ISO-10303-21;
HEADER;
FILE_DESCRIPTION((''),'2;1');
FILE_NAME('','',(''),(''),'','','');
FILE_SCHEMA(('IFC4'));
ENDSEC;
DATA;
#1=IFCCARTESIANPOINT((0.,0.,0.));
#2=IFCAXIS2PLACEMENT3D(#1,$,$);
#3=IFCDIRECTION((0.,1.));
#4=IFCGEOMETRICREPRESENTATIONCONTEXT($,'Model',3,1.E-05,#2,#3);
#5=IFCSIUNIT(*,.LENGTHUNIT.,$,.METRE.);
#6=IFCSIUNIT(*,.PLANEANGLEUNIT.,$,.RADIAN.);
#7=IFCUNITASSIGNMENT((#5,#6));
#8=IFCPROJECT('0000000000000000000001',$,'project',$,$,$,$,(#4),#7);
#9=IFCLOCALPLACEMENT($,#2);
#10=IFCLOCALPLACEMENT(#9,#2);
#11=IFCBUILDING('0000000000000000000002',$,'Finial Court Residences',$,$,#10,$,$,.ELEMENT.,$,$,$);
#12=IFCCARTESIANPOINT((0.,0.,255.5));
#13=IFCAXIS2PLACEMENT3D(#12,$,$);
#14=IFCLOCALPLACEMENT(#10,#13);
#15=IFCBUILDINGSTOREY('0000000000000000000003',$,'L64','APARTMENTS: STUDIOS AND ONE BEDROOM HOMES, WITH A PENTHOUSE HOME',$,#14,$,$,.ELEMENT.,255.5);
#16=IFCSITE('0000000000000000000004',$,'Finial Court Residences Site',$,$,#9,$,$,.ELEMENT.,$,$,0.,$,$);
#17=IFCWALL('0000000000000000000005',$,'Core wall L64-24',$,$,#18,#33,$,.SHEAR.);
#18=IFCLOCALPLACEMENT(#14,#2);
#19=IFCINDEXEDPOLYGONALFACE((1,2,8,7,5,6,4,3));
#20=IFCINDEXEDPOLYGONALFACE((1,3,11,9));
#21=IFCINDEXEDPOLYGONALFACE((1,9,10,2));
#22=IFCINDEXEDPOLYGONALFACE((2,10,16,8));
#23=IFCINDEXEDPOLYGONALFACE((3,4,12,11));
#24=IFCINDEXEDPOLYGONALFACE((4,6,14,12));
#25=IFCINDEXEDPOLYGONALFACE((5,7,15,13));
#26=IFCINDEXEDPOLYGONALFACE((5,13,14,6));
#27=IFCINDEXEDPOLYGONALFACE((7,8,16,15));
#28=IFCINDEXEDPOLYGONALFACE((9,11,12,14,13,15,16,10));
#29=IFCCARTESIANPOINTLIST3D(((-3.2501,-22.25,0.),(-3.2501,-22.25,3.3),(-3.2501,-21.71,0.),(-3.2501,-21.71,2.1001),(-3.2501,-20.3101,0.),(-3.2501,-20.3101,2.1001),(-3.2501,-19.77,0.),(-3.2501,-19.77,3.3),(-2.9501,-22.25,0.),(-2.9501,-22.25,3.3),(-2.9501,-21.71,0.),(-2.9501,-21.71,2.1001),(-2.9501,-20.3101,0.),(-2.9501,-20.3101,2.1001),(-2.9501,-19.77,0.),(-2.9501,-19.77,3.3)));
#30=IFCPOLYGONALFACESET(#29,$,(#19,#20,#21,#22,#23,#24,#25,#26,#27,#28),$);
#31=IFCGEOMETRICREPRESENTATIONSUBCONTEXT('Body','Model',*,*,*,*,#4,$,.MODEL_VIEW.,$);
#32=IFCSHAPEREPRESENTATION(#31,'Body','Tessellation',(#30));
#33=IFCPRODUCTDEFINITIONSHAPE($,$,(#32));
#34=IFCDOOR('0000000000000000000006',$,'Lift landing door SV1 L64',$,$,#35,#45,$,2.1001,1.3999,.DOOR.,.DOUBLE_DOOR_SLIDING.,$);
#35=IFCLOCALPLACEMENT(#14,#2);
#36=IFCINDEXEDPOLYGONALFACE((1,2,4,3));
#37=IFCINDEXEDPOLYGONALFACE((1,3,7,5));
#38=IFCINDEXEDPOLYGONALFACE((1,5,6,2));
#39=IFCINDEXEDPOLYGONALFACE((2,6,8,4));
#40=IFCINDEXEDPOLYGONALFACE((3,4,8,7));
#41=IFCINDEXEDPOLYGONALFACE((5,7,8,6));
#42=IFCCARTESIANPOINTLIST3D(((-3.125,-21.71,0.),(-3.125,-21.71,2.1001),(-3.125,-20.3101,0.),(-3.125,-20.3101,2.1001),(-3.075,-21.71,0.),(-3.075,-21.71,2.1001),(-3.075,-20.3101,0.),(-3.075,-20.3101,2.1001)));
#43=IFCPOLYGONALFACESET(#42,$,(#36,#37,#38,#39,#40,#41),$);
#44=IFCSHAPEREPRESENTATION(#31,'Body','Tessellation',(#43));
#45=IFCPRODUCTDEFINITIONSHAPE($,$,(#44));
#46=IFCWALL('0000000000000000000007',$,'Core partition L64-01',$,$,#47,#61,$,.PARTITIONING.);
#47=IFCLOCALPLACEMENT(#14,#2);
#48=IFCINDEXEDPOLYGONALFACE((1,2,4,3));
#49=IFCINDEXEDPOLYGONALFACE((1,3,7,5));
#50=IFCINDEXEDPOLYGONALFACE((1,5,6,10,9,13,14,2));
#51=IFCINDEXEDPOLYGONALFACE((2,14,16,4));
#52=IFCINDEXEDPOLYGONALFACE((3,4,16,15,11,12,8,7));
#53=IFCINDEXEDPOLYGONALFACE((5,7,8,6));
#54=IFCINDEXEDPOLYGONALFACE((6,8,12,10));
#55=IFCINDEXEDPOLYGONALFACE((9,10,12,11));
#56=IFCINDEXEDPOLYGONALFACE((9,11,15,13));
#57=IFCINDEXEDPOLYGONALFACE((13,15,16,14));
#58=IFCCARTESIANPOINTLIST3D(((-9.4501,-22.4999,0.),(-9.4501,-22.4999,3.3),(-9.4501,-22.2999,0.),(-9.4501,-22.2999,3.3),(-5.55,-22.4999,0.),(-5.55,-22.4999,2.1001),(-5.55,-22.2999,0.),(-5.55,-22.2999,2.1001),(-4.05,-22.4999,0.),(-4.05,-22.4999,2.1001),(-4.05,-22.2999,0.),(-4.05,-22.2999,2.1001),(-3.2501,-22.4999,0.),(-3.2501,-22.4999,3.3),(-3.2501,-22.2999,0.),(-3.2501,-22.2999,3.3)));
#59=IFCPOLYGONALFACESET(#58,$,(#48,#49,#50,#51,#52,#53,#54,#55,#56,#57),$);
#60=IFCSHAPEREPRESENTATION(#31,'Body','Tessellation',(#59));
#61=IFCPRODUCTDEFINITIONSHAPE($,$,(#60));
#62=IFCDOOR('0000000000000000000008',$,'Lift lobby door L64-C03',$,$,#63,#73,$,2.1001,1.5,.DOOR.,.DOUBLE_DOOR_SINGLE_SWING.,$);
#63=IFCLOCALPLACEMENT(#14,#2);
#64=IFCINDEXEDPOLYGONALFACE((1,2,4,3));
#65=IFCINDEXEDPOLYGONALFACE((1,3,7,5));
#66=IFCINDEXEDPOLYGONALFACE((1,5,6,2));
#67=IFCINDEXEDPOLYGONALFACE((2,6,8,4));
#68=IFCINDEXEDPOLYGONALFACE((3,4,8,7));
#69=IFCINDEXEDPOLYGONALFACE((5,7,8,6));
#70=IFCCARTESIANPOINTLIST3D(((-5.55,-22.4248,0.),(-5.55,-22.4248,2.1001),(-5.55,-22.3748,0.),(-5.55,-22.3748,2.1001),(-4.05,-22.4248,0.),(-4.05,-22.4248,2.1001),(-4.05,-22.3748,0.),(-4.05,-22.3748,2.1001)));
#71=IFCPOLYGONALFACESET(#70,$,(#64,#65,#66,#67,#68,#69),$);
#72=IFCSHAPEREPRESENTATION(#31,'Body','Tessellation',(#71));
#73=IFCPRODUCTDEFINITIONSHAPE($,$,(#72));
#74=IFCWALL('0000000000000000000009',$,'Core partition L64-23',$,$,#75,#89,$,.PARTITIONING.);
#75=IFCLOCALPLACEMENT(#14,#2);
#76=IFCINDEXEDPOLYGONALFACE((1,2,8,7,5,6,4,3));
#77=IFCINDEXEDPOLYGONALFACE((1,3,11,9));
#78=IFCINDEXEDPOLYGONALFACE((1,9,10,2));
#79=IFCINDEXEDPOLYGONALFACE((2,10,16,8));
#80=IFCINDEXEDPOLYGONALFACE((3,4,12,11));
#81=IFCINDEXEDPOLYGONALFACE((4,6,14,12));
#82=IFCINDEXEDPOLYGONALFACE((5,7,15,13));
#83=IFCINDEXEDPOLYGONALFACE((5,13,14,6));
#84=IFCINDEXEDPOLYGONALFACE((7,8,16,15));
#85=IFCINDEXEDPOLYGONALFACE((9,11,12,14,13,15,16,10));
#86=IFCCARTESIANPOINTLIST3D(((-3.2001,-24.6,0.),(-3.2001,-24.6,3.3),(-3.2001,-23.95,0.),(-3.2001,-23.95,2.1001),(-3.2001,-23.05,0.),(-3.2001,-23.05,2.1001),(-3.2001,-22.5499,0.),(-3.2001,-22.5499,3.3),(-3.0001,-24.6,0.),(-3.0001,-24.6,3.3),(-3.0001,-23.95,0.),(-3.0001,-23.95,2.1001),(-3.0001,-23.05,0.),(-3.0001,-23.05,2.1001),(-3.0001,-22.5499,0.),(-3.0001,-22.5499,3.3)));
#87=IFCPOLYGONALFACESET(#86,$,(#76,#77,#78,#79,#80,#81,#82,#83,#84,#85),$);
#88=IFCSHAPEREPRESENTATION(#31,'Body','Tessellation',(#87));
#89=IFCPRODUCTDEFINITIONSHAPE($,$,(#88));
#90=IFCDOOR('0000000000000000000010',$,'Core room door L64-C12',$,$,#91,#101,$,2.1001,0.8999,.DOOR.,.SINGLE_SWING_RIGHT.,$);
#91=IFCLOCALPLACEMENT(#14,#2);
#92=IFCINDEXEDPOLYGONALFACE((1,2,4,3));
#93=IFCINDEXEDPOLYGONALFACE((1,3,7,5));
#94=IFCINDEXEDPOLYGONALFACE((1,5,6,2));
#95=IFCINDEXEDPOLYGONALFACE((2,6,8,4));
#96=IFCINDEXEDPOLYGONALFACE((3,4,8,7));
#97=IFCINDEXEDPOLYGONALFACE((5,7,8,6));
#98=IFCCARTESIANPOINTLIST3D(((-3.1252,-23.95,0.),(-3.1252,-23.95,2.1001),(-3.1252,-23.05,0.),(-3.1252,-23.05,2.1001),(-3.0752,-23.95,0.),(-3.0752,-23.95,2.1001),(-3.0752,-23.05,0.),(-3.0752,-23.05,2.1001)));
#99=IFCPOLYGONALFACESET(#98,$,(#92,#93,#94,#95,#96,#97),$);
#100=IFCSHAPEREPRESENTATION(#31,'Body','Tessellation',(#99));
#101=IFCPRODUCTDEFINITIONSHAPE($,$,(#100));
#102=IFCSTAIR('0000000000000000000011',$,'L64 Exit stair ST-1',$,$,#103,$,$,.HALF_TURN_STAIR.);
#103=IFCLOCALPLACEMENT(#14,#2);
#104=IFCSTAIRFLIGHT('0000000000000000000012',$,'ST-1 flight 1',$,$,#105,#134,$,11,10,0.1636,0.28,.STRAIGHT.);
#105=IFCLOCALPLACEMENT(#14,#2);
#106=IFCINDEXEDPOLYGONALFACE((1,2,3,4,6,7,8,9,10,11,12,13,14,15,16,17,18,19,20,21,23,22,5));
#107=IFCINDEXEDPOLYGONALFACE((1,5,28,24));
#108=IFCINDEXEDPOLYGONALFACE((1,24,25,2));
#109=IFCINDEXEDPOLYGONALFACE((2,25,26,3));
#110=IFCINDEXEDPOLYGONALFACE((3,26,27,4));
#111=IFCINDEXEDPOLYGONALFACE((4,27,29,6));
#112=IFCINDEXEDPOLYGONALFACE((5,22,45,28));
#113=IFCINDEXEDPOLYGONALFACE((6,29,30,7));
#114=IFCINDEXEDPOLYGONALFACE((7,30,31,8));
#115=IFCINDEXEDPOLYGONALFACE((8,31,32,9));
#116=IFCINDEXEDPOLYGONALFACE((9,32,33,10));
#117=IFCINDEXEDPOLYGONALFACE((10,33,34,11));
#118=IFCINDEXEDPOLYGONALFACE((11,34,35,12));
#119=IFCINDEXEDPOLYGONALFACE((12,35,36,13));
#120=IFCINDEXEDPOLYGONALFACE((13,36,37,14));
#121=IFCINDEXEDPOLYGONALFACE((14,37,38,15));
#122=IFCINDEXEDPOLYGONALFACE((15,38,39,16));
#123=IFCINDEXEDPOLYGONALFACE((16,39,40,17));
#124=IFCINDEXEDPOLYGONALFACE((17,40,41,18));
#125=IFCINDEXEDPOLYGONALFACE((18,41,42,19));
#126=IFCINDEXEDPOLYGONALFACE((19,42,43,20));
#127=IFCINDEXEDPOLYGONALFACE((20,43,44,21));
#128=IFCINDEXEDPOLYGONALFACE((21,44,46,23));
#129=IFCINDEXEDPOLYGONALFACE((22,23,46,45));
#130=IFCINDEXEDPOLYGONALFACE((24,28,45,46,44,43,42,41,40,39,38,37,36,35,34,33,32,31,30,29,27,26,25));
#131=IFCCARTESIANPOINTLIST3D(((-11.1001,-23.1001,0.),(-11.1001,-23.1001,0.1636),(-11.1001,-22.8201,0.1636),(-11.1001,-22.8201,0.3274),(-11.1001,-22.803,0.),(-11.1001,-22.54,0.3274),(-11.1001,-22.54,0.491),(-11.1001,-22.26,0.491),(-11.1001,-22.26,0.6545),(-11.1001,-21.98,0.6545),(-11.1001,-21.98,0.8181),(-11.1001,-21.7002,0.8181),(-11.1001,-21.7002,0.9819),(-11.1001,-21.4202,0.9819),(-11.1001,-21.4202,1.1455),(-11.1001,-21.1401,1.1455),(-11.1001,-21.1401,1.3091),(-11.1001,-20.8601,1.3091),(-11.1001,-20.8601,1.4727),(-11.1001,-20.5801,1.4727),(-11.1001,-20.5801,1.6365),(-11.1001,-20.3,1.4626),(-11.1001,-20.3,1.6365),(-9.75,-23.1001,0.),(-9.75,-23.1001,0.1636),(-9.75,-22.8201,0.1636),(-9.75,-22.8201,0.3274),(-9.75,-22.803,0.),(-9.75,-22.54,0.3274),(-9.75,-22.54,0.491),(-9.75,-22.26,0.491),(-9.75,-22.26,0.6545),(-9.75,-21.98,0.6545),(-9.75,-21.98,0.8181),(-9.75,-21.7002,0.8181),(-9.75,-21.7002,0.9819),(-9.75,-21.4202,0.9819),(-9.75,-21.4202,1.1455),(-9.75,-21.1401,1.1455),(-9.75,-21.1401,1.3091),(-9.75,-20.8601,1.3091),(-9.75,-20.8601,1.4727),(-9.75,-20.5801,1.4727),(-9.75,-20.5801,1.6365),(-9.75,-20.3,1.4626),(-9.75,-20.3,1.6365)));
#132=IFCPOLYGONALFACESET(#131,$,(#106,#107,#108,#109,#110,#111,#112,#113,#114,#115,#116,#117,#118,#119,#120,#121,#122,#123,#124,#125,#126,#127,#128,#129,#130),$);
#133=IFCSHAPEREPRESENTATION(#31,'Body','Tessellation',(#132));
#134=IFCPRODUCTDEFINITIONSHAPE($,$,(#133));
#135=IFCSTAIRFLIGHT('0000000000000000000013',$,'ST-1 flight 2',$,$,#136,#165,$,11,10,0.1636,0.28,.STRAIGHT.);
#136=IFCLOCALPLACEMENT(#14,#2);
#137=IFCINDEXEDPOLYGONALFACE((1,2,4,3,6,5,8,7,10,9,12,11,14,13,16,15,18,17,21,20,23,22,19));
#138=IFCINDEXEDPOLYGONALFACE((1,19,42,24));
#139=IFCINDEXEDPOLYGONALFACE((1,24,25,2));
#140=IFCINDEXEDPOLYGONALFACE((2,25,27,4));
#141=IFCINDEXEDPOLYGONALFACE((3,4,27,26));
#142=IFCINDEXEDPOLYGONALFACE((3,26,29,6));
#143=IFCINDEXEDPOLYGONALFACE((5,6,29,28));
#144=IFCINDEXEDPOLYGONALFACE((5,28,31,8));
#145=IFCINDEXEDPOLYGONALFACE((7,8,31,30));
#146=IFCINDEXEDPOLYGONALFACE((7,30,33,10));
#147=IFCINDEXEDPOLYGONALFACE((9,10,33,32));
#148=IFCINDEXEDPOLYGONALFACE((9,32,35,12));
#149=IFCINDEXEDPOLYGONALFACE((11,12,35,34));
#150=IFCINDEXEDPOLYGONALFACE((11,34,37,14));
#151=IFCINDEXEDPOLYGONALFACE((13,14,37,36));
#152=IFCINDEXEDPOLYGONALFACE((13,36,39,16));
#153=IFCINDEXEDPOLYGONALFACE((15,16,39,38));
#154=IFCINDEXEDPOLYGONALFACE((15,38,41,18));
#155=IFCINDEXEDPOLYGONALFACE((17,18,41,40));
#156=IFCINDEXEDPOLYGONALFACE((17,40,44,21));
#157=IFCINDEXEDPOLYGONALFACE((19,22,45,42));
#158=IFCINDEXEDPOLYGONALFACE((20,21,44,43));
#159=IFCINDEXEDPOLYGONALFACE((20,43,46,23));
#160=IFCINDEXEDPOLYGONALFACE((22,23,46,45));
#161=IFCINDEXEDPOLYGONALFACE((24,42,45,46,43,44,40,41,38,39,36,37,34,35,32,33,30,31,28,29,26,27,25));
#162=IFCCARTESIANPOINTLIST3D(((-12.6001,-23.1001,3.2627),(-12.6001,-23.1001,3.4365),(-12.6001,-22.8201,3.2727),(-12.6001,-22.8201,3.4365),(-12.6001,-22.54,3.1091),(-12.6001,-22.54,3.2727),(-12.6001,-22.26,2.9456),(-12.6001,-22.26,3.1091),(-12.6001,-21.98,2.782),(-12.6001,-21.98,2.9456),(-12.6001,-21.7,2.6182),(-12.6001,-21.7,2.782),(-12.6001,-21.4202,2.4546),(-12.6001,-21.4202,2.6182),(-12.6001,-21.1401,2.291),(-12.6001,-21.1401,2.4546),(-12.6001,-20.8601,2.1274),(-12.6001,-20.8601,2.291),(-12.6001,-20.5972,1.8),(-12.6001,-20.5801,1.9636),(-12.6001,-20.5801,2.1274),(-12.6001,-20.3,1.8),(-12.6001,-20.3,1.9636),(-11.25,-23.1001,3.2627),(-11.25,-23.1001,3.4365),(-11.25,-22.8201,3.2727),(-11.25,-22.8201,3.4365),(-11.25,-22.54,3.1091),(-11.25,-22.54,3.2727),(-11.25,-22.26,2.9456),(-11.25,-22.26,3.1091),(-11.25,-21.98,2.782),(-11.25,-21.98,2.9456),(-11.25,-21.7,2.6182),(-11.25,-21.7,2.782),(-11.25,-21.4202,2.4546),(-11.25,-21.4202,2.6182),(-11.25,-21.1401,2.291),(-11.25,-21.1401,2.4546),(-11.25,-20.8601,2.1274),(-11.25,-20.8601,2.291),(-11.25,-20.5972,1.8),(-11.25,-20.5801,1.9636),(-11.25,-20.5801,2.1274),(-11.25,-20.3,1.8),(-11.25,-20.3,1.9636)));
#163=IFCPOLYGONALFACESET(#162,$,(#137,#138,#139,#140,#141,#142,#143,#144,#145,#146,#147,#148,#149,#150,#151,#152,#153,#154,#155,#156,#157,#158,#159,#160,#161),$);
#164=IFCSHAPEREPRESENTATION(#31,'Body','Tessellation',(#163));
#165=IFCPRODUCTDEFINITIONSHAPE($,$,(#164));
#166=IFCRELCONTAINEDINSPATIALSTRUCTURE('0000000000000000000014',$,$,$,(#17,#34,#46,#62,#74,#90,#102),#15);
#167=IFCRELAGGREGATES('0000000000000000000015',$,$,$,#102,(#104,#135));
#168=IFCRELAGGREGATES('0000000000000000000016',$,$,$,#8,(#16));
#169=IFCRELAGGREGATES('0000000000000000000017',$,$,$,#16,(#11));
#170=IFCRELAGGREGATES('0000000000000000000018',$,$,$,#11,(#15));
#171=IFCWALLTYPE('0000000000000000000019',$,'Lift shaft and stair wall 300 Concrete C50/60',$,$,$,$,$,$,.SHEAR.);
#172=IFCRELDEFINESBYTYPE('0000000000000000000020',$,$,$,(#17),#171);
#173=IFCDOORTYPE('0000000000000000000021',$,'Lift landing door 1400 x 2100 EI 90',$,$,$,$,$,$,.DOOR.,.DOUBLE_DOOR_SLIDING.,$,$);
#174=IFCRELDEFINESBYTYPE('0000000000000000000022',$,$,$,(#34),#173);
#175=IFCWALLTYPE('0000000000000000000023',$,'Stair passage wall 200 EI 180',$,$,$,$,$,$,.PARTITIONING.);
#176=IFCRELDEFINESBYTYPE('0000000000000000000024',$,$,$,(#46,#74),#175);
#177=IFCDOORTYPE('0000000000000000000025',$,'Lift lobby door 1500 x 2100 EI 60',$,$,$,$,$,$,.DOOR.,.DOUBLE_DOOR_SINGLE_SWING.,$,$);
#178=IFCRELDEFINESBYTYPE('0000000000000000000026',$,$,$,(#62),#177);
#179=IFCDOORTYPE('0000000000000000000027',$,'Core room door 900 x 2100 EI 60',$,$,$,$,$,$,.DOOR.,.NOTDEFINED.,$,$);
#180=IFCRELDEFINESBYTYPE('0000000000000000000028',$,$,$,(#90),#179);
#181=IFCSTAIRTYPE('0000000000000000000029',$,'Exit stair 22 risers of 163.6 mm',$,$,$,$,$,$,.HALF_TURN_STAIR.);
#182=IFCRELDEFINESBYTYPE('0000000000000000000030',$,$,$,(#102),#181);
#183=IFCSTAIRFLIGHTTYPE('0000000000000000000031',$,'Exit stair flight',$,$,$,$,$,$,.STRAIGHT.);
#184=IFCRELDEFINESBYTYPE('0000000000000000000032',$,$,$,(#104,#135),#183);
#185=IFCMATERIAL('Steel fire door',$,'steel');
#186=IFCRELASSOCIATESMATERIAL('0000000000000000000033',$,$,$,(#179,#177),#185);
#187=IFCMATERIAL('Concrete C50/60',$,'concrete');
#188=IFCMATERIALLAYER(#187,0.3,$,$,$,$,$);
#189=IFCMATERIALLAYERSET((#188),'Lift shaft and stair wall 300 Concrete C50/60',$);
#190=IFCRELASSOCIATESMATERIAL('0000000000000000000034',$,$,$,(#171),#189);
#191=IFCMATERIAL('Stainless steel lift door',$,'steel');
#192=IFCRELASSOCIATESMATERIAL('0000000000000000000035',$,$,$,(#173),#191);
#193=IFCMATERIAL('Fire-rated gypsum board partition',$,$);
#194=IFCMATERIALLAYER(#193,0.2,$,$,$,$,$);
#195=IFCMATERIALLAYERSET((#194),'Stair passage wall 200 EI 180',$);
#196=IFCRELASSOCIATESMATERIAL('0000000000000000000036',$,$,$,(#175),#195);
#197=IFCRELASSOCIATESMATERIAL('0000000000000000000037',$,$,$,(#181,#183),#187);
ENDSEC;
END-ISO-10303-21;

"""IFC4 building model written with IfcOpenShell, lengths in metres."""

from ifc_helpers import new_model, si_unit, direction, frame, frame_2d, origin, place, context, subcontext, project, spatial, polyline, rectangle, outline, extrude, material, layer, layer_set, type_object, element, fill, aggregate, save


model = new_model("IFC4")

# Units and contexts
model_context = context("Model", 3, precision=1e-05, world=origin(), true_north=direction((0.0, 1.0)))
body_context = subcontext(model_context, "Body", "Model", "MODEL_VIEW")
ifc_project = project(units=[si_unit("LENGTHUNIT", "METRE"), si_unit("PLANEANGLEUNIT", "RADIAN")], contexts=[model_context])

# Site, building, storey
site_placement = place(None, origin())
site = spatial("IfcSite", under=ifc_project, at=site_placement, Name="Finial Court Residences Site", CompositionType="ELEMENT", RefElevation=0.0)
building_placement = place(site_placement, origin())
building = spatial("IfcBuilding", under=site, at=building_placement, Name="Finial Court Residences", CompositionType="ELEMENT")
storey_placement = place(building_placement, frame((0.0, 0.0, 255.5)))
storey = spatial("IfcBuildingStorey", under=building, at=storey_placement, Name="L64", Description="APARTMENTS: STUDIOS AND ONE BEDROOM HOMES, WITH A PENTHOUSE HOME", CompositionType="ELEMENT", Elevation=255.5)

# Shared definitions
ifc_material_1 = material(Name="Concrete C50/60", Category="concrete")
ifc_material_2 = material(Name="Fire-rated gypsum board partition")

# Shared definitions
ifc_material_3 = material(Name="Steel fire door", Category="steel")
door_type_1 = type_object("IfcDoorType", Name="Core room door 900 x 2100 EI 60", OperationType="NOTDEFINED", PredefinedType="DOOR", material=ifc_material_3)

# Shared definitions
ifc_layer_1 = layer(ifc_material_1, 0.3)
ifc_layer_set_1 = layer_set([ifc_layer_1], Name="Lift shaft and stair wall 300 Concrete C50/60")
wall_type_1 = type_object("IfcWallType", Name="Lift shaft and stair wall 300 Concrete C50/60", PredefinedType="SHEAR", material=ifc_layer_set_1)

# Walls, openings, doors
wall_1_placement = place(storey_placement, frame((-3.1001, -22.25, 0.0), z_axis=(0.0, 0.0, 1.0), x_axis=(0.0, 1.0, 0.0)))
wall_1 = element("IfcWall", 1, at=wall_1_placement, inside=storey, type_object=wall_type_1, Name="Core wall L64-24", PredefinedType="SHEAR", context=body_context, shape_type="SweptSolid", body=[
    extrude(rectangle(XDim=2.48, YDim=0.3, at=frame_2d((1.24, 0.0))), origin(), (0.0, 0.0, 1.0), 3.3),
])
opening_1_placement = place(wall_1_placement, frame((0.54, 0.0, 0.0)))
opening_1 = element("IfcOpeningElement", 2, at=opening_1_placement, cuts=wall_1, PredefinedType="OPENING", context=body_context, shape_type="SweptSolid", body=[
    extrude(rectangle(XDim=1.3999, YDim=2.1001, at=frame_2d((0.7, 1.05))), frame((0.0, 0.1599, 0.0), z_axis=(0.0, -1.0, 0.0), x_axis=(1.0, 0.0, 0.0)), (0.0, 0.0, 1.0), 0.3201),
])
ifc_material_4 = material(Name="Stainless steel lift door", Category="steel")
door_type_2 = type_object("IfcDoorType", Name="Lift landing door 1400 x 2100 EI 90", OperationType="DOUBLE_DOOR_SLIDING", PredefinedType="DOOR", material=ifc_material_4)
door_1_placement = place(opening_1_placement, origin())
door_1 = element("IfcDoor", 3, at=door_1_placement, inside=storey, type_object=door_type_2, Name="Lift landing door SV1 L64", OperationType="DOUBLE_DOOR_SLIDING", OverallHeight=2.1001, OverallWidth=1.3999, PredefinedType="DOOR", context=body_context, shape_type="SweptSolid", body=[
    extrude(rectangle(XDim=1.3999, YDim=2.1001, at=frame_2d((0.7, 1.05))), frame((0.0, 0.0249, 0.0), z_axis=(0.0, -1.0, 0.0), x_axis=(1.0, 0.0, 0.0)), (0.0, 0.0, 1.0), 0.05),
])
fill(opening_1, door_1)
ifc_layer_2 = layer(ifc_material_2, 0.2)
ifc_layer_set_2 = layer_set([ifc_layer_2], Name="Stair passage wall 200 EI 180")
wall_type_2 = type_object("IfcWallType", Name="Stair passage wall 200 EI 180", PredefinedType="PARTITIONING", material=ifc_layer_set_2)
wall_2_placement = place(storey_placement, frame((-3.25, -22.3999, 0.0), z_axis=(0.0, 0.0, 1.0), x_axis=(-1.0, 0.0, 0.0)))
wall_2 = element("IfcWall", 4, at=wall_2_placement, inside=storey, type_object=wall_type_2, Name="Core partition L64-01", PredefinedType="PARTITIONING", context=body_context, shape_type="SweptSolid", body=[
    extrude(rectangle(XDim=6.2, YDim=0.2, at=frame_2d((3.1001, 0.0))), origin(), (0.0, 0.0, 1.0), 3.3),
])
opening_2_placement = place(wall_2_placement, frame((0.8, 0.0, 0.0)))
opening_2 = element("IfcOpeningElement", 5, at=opening_2_placement, cuts=wall_2, PredefinedType="OPENING", context=body_context, shape_type="SweptSolid", body=[
    extrude(rectangle(XDim=1.5, YDim=2.1001, at=frame_2d((0.75, 1.05))), frame((0.0, 0.1099, 0.0), z_axis=(0.0, -1.0, 0.0), x_axis=(1.0, 0.0, 0.0)), (0.0, 0.0, 1.0), 0.22),
])
door_type_3 = type_object("IfcDoorType", Name="Lift lobby door 1500 x 2100 EI 60", OperationType="DOUBLE_DOOR_SINGLE_SWING", PredefinedType="DOOR", material=ifc_material_3)
door_2_placement = place(opening_2_placement, origin())
door_2 = element("IfcDoor", 6, at=door_2_placement, inside=storey, type_object=door_type_3, Name="Lift lobby door L64-C03", OperationType="DOUBLE_DOOR_SINGLE_SWING", OverallHeight=2.1001, OverallWidth=1.5, PredefinedType="DOOR", context=body_context, shape_type="SweptSolid", body=[
    extrude(rectangle(XDim=1.5, YDim=2.1001, at=frame_2d((0.75, 1.05))), frame((0.0, 0.0249, 0.0), z_axis=(0.0, -1.0, 0.0), x_axis=(1.0, 0.0, 0.0)), (0.0, 0.0, 1.0), 0.05),
])
fill(opening_2, door_2)
wall_3_placement = place(storey_placement, frame((-3.1001, -22.55, 0.0), z_axis=(0.0, 0.0, 1.0), x_axis=(0.0, -1.0, 0.0)))
wall_3 = element("IfcWall", 7, at=wall_3_placement, inside=storey, type_object=wall_type_2, Name="Core partition L64-23", PredefinedType="PARTITIONING", context=body_context, shape_type="SweptSolid", body=[
    extrude(rectangle(XDim=2.05, YDim=0.2, at=frame_2d((1.0249, 0.0))), origin(), (0.0, 0.0, 1.0), 3.3),
])
opening_3_placement = place(wall_3_placement, frame((0.5, 0.0, 0.0)))
opening_3 = element("IfcOpeningElement", 8, at=opening_3_placement, cuts=wall_3, PredefinedType="OPENING", context=body_context, shape_type="SweptSolid", body=[
    extrude(rectangle(XDim=0.8999, YDim=2.1001, at=frame_2d((0.45, 1.05))), frame((0.0, 0.1099, 0.0), z_axis=(0.0, -1.0, 0.0), x_axis=(1.0, 0.0, 0.0)), (0.0, 0.0, 1.0), 0.22),
])
door_3_placement = place(opening_3_placement, origin())
door_3 = element("IfcDoor", 9, at=door_3_placement, inside=storey, type_object=door_type_1, Name="Core room door L64-C12", OperationType="SINGLE_SWING_RIGHT", OverallHeight=2.1001, OverallWidth=0.8999, PredefinedType="DOOR", context=body_context, shape_type="SweptSolid", body=[
    extrude(rectangle(XDim=0.8999, YDim=2.1001, at=frame_2d((0.45, 1.05))), frame((0.0, 0.0249, 0.0), z_axis=(0.0, -1.0, 0.0), x_axis=(1.0, 0.0, 0.0)), (0.0, 0.0, 1.0), 0.05),
])
fill(opening_3, door_3)

# Stair, stair flights
stair_type = type_object("IfcStairType", Name="Exit stair 22 risers of 163.6 mm", PredefinedType="HALF_TURN_STAIR", material=ifc_material_1)
stair_placement = place(storey_placement, origin())
stair = element("IfcStair", 10, at=stair_placement, inside=storey, type_object=stair_type, Name="L64 Exit stair ST-1", PredefinedType="HALF_TURN_STAIR")
stair_flight_type = type_object("IfcStairFlightType", Name="Exit stair flight", PredefinedType="STRAIGHT", material=ifc_material_1)
stair_flight_1_placement = place(storey_placement, frame((-10.425, -23.1001, 0.0), z_axis=(0.0, 0.0, 1.0), x_axis=(0.0, 1.0, 0.0)))
stair_flight_1 = element("IfcStairFlight", 11, at=stair_flight_1_placement, type_object=stair_flight_type, Name="ST-1 flight 1", NumberOfRisers=11, NumberOfTreads=10, PredefinedType="STRAIGHT", RiserHeight=0.1636, TreadLength=0.28, context=body_context, shape_type="SweptSolid", body=[
    extrude(outline(polyline([(0.0, 0.0), (0.0, 0.1636), (0.28, 0.1636), (0.28, 0.3274), (0.5601, 0.3274), (0.5601, 0.491), (0.8401, 0.491), (0.8401, 0.6545), (1.1201, 0.6545), (1.1201, 0.8181), (1.3999, 0.8181), (1.3999, 0.9819), (1.6799, 0.9819), (1.6799, 1.1455), (1.96, 1.1455), (1.96, 1.3091), (2.24, 1.3091), (2.24, 1.4727), (2.52, 1.4727), (2.52, 1.6365), (2.8, 1.6365), (2.8, 1.8), (2.8, 1.4626), (0.2971, 0.0), (0.0, 0.0)])), frame((0.0, 0.675, 0.0), z_axis=(0.0, -1.0, 0.0), x_axis=(1.0, 0.0, 0.0)), (0.0, 0.0, 1.0), 1.3501),
])
stair_flight_2_placement = place(storey_placement, frame((-11.925, -20.3, 1.8), z_axis=(0.0, 0.0, 1.0), x_axis=(0.0, -1.0, 0.0)))
stair_flight_2 = element("IfcStairFlight", 12, at=stair_flight_2_placement, type_object=stair_flight_type, Name="ST-1 flight 2", NumberOfRisers=11, NumberOfTreads=10, PredefinedType="STRAIGHT", RiserHeight=0.1636, TreadLength=0.28, context=body_context, shape_type="SweptSolid", body=[
    extrude(outline(polyline([(0.0, 0.0), (0.0, 0.1636), (0.28, 0.1636), (0.28, 0.3274), (0.5601, 0.3274), (0.5601, 0.491), (0.8401, 0.491), (0.8401, 0.6545), (1.1201, 0.6545), (1.1201, 0.8181), (1.3999, 0.8181), (1.3999, 0.9819), (1.6799, 0.9819), (1.6799, 1.1455), (1.96, 1.1455), (1.96, 1.3091), (2.24, 1.3091), (2.24, 1.4727), (2.52, 1.4727), (2.52, 1.6365), (2.8, 1.6365), (2.8, 1.8), (2.8, 1.4626), (0.2971, 0.0), (0.0, 0.0)])), frame((0.0, 0.675, 0.0), z_axis=(0.0, -1.0, 0.0), x_axis=(1.0, 0.0, 0.0)), (0.0, 0.0, 1.0), 1.3501),
])
aggregate(stair, [stair_flight_1, stair_flight_2])

save(model, "model.ifc")
